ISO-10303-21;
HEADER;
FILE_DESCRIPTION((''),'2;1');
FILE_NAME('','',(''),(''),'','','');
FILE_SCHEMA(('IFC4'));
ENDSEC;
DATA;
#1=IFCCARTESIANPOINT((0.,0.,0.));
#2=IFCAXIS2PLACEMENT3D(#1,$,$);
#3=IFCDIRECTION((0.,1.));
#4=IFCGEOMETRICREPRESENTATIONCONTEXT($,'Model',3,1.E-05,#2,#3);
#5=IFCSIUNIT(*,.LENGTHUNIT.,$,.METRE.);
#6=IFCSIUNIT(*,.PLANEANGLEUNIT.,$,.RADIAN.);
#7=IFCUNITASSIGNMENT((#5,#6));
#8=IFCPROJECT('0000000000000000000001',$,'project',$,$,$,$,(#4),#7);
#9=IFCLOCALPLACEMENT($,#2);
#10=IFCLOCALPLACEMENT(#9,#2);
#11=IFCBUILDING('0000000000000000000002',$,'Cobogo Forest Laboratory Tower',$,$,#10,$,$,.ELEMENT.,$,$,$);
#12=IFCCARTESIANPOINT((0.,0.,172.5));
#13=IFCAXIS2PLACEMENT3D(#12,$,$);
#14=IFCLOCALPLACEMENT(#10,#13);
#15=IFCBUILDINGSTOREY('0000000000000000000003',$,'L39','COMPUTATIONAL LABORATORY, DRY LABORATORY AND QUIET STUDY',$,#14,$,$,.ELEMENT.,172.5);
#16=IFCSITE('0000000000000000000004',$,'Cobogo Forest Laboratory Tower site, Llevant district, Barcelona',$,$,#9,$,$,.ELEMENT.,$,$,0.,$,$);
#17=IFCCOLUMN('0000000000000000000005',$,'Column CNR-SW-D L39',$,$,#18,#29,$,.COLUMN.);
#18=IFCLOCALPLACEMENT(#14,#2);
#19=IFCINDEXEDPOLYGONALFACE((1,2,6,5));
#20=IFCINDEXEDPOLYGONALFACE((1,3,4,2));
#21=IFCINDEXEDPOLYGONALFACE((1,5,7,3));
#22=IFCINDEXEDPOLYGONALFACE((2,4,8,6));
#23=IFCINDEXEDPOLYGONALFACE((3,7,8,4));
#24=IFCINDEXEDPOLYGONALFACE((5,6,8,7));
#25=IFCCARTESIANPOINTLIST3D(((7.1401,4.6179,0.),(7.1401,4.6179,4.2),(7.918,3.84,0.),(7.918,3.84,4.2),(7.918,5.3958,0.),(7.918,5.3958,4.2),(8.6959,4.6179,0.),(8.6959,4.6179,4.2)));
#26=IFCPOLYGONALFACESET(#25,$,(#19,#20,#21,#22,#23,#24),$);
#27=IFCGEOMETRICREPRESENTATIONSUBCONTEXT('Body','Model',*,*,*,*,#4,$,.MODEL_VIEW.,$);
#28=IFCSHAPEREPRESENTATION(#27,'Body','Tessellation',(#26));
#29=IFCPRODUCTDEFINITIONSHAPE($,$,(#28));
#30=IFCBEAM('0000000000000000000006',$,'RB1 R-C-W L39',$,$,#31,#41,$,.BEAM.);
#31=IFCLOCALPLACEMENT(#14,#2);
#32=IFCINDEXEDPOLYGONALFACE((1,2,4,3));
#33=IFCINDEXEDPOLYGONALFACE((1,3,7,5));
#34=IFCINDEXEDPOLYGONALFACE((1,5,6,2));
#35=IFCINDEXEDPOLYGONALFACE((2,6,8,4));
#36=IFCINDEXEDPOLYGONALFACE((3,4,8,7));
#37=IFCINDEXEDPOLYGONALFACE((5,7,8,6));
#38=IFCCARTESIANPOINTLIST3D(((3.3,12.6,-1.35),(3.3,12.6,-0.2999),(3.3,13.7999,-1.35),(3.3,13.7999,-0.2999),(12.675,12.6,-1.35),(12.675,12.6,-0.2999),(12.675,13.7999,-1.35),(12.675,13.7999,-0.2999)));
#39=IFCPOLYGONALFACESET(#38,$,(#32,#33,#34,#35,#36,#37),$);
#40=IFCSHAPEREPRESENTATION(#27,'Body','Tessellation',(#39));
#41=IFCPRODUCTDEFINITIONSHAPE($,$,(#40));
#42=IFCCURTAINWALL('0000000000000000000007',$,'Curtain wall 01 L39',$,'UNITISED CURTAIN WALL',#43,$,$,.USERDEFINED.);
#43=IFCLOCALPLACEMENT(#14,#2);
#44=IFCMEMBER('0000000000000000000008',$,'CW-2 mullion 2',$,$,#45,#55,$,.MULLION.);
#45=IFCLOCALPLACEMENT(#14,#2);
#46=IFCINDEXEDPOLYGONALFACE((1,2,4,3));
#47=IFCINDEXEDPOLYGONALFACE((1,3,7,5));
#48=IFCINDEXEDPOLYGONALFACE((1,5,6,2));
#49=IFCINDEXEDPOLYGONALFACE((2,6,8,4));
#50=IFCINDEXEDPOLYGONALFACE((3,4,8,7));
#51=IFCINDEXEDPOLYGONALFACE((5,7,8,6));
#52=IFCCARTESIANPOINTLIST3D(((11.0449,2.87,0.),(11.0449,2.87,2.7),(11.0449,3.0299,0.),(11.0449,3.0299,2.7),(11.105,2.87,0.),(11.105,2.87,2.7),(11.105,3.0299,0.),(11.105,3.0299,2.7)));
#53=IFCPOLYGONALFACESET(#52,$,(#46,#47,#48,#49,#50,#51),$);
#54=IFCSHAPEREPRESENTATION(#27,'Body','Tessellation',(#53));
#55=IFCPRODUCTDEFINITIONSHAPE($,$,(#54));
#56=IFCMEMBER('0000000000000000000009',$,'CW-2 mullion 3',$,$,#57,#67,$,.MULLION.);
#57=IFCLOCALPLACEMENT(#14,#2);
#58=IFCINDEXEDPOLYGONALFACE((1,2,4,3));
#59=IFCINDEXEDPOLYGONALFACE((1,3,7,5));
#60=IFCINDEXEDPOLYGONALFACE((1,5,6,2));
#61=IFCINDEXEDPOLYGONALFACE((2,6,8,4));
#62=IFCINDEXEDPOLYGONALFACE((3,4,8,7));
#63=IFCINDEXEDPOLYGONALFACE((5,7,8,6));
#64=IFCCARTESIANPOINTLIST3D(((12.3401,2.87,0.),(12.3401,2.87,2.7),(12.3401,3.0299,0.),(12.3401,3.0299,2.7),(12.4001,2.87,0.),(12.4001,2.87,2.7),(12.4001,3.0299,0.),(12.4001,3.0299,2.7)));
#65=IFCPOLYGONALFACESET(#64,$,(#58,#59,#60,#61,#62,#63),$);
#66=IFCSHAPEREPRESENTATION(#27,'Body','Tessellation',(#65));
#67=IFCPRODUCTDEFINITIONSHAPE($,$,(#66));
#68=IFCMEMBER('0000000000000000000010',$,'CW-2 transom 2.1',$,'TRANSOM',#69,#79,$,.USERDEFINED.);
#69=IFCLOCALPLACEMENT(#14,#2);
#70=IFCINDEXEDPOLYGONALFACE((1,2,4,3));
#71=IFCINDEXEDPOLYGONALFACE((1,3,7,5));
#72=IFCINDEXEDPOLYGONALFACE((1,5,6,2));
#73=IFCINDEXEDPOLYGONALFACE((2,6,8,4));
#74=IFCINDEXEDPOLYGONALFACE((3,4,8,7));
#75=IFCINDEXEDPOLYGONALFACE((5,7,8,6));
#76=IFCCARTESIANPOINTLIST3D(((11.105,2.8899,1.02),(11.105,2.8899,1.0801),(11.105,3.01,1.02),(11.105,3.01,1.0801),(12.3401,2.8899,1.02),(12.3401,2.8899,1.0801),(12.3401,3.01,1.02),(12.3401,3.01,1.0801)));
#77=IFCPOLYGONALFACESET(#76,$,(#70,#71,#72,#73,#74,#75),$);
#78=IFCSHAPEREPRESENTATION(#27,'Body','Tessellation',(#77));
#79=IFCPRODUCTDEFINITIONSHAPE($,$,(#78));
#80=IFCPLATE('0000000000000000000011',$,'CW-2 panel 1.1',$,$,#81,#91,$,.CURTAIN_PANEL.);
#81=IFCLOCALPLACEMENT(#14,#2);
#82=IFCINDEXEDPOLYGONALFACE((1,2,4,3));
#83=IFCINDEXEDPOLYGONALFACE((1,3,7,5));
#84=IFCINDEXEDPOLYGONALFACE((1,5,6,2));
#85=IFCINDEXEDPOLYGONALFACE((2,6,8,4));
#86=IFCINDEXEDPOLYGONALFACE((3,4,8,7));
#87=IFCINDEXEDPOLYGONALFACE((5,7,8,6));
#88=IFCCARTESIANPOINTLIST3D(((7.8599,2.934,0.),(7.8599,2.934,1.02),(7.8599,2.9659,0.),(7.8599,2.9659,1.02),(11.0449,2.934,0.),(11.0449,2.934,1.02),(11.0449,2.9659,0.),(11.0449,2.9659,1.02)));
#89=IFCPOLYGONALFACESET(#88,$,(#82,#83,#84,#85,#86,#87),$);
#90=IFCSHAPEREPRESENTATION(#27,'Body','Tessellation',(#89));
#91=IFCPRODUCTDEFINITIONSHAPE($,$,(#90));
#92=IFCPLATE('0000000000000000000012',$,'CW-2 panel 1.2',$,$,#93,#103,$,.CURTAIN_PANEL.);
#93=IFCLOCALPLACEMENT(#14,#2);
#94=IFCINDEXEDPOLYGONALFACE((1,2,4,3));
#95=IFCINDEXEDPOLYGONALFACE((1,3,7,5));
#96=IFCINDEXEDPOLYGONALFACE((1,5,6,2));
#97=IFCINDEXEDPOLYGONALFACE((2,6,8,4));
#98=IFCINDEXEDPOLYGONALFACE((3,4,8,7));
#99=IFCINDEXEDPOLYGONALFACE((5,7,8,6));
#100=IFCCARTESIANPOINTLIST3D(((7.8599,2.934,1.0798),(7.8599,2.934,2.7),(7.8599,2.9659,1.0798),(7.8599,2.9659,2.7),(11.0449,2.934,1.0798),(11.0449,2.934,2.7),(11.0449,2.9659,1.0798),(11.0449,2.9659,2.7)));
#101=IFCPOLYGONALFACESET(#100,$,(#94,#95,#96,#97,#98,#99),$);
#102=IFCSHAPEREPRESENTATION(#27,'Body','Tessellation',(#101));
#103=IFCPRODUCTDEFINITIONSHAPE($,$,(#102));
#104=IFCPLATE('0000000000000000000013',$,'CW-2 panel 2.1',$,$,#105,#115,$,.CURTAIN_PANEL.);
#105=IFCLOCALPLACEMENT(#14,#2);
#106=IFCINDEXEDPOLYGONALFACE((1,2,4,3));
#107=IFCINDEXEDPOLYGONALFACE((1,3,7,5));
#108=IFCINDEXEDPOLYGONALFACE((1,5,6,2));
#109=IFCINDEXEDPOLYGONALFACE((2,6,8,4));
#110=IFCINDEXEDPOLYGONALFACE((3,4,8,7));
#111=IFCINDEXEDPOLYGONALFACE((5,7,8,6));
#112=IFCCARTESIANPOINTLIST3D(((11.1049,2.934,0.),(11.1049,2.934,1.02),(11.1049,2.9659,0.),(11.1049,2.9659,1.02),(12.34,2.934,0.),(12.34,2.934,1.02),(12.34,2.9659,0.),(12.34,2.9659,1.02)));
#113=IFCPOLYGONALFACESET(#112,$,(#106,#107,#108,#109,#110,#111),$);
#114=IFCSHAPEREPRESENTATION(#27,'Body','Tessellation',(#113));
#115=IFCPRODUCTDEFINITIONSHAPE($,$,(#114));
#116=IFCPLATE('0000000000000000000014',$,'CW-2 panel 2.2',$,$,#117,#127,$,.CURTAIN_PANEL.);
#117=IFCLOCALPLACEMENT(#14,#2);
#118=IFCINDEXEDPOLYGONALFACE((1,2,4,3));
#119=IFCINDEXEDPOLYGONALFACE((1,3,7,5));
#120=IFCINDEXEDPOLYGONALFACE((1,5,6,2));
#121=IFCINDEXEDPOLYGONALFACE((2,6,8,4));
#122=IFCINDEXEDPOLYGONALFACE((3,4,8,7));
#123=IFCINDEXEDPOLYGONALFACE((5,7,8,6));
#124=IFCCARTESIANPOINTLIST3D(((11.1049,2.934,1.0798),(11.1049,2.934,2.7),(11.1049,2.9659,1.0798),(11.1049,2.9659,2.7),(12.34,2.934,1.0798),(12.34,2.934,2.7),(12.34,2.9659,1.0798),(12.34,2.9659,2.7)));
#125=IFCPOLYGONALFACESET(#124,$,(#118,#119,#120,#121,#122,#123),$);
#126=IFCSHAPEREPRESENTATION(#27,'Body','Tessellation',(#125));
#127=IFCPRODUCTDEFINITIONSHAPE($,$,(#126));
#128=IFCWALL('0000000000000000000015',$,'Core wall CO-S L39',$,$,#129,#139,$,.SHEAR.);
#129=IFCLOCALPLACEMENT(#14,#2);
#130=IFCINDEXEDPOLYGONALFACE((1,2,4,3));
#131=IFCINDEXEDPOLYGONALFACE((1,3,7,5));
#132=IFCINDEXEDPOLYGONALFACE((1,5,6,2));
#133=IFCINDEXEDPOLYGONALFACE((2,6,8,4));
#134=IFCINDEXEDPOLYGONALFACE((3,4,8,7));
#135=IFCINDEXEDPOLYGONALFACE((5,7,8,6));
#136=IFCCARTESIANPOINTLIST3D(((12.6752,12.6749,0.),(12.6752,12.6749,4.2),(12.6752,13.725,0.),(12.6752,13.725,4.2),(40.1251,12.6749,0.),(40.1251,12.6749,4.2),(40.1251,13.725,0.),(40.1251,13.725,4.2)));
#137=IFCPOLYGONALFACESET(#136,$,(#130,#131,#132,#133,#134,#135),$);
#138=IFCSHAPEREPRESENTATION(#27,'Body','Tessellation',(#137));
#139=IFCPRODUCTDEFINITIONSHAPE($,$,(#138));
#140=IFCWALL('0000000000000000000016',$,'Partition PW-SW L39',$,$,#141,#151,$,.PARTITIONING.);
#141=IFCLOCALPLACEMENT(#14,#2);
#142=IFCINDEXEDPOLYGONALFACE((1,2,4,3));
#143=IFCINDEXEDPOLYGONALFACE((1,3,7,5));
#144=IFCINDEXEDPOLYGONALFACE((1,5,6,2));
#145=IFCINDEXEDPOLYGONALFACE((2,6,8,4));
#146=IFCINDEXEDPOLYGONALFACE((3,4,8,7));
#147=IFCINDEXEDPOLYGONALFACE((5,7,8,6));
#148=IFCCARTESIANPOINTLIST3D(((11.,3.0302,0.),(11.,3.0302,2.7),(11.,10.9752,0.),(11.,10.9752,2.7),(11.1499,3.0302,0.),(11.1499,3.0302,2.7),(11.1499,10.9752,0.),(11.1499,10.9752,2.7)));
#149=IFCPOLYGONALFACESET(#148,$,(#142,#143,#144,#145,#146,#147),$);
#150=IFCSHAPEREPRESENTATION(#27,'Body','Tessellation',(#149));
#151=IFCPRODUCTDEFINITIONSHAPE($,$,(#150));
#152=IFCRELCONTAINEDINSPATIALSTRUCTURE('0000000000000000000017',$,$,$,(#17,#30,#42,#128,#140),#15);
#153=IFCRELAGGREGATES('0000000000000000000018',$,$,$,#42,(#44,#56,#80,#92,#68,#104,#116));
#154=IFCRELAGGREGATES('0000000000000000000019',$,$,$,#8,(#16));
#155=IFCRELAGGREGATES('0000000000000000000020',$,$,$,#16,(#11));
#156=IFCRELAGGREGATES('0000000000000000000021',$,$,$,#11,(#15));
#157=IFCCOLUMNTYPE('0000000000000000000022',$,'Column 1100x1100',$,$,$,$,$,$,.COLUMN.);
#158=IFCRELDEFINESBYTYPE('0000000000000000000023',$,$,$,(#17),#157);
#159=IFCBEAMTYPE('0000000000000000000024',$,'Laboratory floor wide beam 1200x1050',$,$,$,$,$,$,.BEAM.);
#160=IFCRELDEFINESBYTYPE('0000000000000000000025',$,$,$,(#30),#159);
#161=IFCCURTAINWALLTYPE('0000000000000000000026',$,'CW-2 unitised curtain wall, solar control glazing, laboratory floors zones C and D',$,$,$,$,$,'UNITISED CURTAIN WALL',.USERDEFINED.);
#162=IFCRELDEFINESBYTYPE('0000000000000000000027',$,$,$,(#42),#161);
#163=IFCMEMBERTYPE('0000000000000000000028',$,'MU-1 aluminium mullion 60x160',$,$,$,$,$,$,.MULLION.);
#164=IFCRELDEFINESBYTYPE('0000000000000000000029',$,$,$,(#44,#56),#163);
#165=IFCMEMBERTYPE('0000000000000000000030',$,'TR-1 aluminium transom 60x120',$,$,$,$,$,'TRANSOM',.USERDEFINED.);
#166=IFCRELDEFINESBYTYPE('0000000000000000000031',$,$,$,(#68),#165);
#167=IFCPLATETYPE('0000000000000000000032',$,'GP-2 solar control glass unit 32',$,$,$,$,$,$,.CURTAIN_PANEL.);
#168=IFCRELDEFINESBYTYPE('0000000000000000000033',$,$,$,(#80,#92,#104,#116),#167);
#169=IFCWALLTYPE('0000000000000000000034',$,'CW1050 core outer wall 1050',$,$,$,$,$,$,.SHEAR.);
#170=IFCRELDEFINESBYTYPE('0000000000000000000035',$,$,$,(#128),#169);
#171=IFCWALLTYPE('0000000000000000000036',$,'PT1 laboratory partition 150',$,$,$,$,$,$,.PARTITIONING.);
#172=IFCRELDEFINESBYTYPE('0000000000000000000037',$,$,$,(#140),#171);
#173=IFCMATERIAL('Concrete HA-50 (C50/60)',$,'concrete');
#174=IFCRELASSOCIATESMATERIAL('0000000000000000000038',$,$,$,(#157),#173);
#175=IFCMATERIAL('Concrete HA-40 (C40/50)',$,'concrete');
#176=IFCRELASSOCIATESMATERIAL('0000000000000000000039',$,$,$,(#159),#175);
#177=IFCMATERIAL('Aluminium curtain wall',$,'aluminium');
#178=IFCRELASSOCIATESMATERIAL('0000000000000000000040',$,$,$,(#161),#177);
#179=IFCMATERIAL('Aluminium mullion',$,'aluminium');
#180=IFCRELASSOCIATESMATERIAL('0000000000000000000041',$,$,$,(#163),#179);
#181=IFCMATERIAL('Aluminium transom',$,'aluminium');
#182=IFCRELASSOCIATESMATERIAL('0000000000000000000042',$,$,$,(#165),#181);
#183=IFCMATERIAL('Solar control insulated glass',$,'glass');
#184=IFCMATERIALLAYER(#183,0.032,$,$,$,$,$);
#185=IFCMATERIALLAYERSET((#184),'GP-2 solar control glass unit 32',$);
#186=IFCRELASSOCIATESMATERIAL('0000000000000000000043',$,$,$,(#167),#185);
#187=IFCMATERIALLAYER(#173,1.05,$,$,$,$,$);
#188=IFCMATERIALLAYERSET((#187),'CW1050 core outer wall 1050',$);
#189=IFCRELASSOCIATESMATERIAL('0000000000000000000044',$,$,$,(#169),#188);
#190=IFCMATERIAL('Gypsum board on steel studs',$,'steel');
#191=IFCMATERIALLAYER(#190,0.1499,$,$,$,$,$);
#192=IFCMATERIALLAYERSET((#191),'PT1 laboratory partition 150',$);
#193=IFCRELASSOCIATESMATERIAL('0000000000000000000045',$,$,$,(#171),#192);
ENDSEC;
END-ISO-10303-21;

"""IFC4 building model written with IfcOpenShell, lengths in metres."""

from ifc_helpers import new_model, si_unit, direction, frame, frame_2d, origin, origin_2d, place, context, subcontext, project, spatial, rectangle, extrude, material, layer, layer_set, material_profile, profile_set, type_object, element, aggregate, save


model = new_model("IFC4")

# Units and contexts
model_context = context("Model", 3, precision=1e-05, world=origin(), true_north=direction((0.0, 1.0)))
body_context = subcontext(model_context, "Body", "Model", "MODEL_VIEW")
ifc_project = project(units=[si_unit("LENGTHUNIT", "METRE"), si_unit("PLANEANGLEUNIT", "RADIAN")], contexts=[model_context])

# Site, building, storey
site_placement = place(None, origin())
site = spatial("IfcSite", under=ifc_project, at=site_placement, Name="Cobogo Forest Laboratory Tower site, Llevant district, Barcelona", CompositionType="ELEMENT", RefElevation=0.0)
building_placement = place(site_placement, origin())
building = spatial("IfcBuilding", under=site, at=building_placement, Name="Cobogo Forest Laboratory Tower", CompositionType="ELEMENT")
storey_placement = place(building_placement, frame((0.0, 0.0, 172.5)))
storey = spatial("IfcBuildingStorey", under=building, at=storey_placement, Name="L39", Description="COMPUTATIONAL LABORATORY, DRY LABORATORY AND QUIET STUDY", CompositionType="ELEMENT", Elevation=172.5)

# Column
ifc_material_1 = material(Name="Concrete HA-50 (C50/60)", Category="concrete")
ifc_material_profile_1 = material_profile(ifc_material_1, rectangle(XDim=1.1001, YDim=1.1001, at=origin_2d()), Name="RC 1100x1100")
ifc_profile_set_1 = profile_set([ifc_material_profile_1], Name="Concrete HA-50 (C50/60)")
column_type = type_object("IfcColumnType", Name="Column 1100x1100", PredefinedType="COLUMN", material=ifc_profile_set_1)
column_placement = place(storey_placement, frame((7.918, 4.6179, 0.0), z_axis=(0.0, 0.0, 1.0), x_axis=(0.707107, 0.707107, 0.0)))
element("IfcColumn", 1, at=column_placement, inside=storey, type_object=column_type, Name="Column CNR-SW-D L39", PredefinedType="COLUMN", context=body_context, shape_type="SweptSolid", body=[
    extrude(rectangle(XDim=1.1001, YDim=1.1001, at=origin_2d()), origin(), (0.0, 0.0, 1.0), 4.2),
])

# Beam
ifc_material_2 = material(Name="Concrete HA-40 (C40/50)", Category="concrete")
ifc_material_profile_2 = material_profile(ifc_material_2, rectangle(XDim=1.2, YDim=1.05, at=origin_2d()), Name="RC 1200x1050")
ifc_profile_set_2 = profile_set([ifc_material_profile_2], Name="Concrete HA-40 (C40/50)")
beam_type = type_object("IfcBeamType", Name="Laboratory floor wide beam 1200x1050", PredefinedType="BEAM", material=ifc_profile_set_2)
beam_placement = place(storey_placement, frame((12.675, 13.2, -0.825), z_axis=(-1.0, 0.0, 0.0), x_axis=(0.0, -1.0, 0.0)))
element("IfcBeam", 2, at=beam_placement, inside=storey, type_object=beam_type, Name="RB1 R-C-W L39", PredefinedType="BEAM", context=body_context, shape_type="SweptSolid", body=[
    extrude(rectangle(XDim=1.2, YDim=1.05, at=origin_2d()), origin(), (0.0, 0.0, 1.0), 9.375),
])

# Curtain wall, members, plates
ifc_material_3 = material(Name="Aluminium curtain wall", Category="aluminium")
curtain_wall_type = type_object("IfcCurtainWallType", Name="CW-2 unitised curtain wall, solar control glazing, laboratory floors zones C and D", ElementType="UNITISED CURTAIN WALL", PredefinedType="USERDEFINED", material=ifc_material_3)
curtain_wall_placement = place(storey_placement, origin())
curtain_wall = element("IfcCurtainWall", 3, at=curtain_wall_placement, inside=storey, type_object=curtain_wall_type, Name="Curtain wall 01 L39", ObjectType="UNITISED CURTAIN WALL", PredefinedType="USERDEFINED")
ifc_material_4 = material(Name="Aluminium mullion", Category="aluminium")
ifc_material_profile_3 = material_profile(ifc_material_4, rectangle(XDim=0.0601, YDim=0.1599, at=origin_2d()), Name="AL 60x160")
ifc_profile_set_3 = profile_set([ifc_material_profile_3], Name="Aluminium mullion")
member_type_1 = type_object("IfcMemberType", Name="MU-1 aluminium mullion 60x160", PredefinedType="MULLION", material=ifc_profile_set_3)
member_1_placement = place(storey_placement, frame((11.075, 2.95, 0.0), z_axis=(0.0, 0.0, 1.0), x_axis=(1.0, 0.0, 0.0)))
member_1 = element("IfcMember", 4, at=member_1_placement, type_object=member_type_1, Name="CW-2 mullion 2", PredefinedType="MULLION", context=body_context, shape_type="SweptSolid", body=[
    extrude(rectangle(XDim=0.0601, YDim=0.1599, at=origin_2d()), origin(), (0.0, 0.0, 1.0), 2.7),
])
member_2_placement = place(storey_placement, frame((12.3701, 2.95, 0.0), z_axis=(0.0, 0.0, 1.0), x_axis=(1.0, 0.0, 0.0)))
member_2 = element("IfcMember", 5, at=member_2_placement, type_object=member_type_1, Name="CW-2 mullion 3", PredefinedType="MULLION", context=body_context, shape_type="SweptSolid", body=[
    extrude(rectangle(XDim=0.0601, YDim=0.1599, at=origin_2d()), origin(), (0.0, 0.0, 1.0), 2.7),
])
ifc_material_5 = material(Name="Aluminium transom", Category="aluminium")
ifc_material_profile_4 = material_profile(ifc_material_5, rectangle(XDim=0.1201, YDim=0.0601, at=origin_2d()), Name="AL 60x120")
ifc_profile_set_4 = profile_set([ifc_material_profile_4], Name="Aluminium transom")
member_type_2 = type_object("IfcMemberType", Name="TR-1 aluminium transom 60x120", ElementType="TRANSOM", PredefinedType="USERDEFINED", material=ifc_profile_set_4)
member_3_placement = place(storey_placement, frame((11.105, 2.95, 1.05), z_axis=(1.0, 0.0, 0.0), x_axis=(0.0, 1.0, 0.0)))
member_3 = element("IfcMember", 6, at=member_3_placement, type_object=member_type_2, Name="CW-2 transom 2.1", ObjectType="TRANSOM", PredefinedType="USERDEFINED", context=body_context, shape_type="SweptSolid", body=[
    extrude(rectangle(XDim=0.1201, YDim=0.0601, at=origin_2d()), origin(), (0.0, 0.0, 1.0), 1.2351),
])
ifc_material_6 = material(Name="Solar control insulated glass", Category="glass")
ifc_layer_1 = layer(ifc_material_6, 0.032)
ifc_layer_set_1 = layer_set([ifc_layer_1], Name="GP-2 solar control glass unit 32")
plate_type = type_object("IfcPlateType", Name="GP-2 solar control glass unit 32", PredefinedType="CURTAIN_PANEL", material=ifc_layer_set_1)
plate_1_placement = place(storey_placement, frame((9.4524, 2.95, 0.0), z_axis=(0.0, 0.0, 1.0), x_axis=(1.0, 0.0, 0.0)))
plate_1 = element("IfcPlate", 7, at=plate_1_placement, type_object=plate_type, Name="CW-2 panel 1.1", PredefinedType="CURTAIN_PANEL", context=body_context, shape_type="SweptSolid", body=[
    extrude(rectangle(XDim=3.1851, YDim=0.032, at=origin_2d()), origin(), (0.0, 0.0, 1.0), 1.02),
])
plate_2_placement = place(storey_placement, frame((9.4524, 2.95, 1.0798), z_axis=(0.0, 0.0, 1.0), x_axis=(1.0, 0.0, 0.0)))
plate_2 = element("IfcPlate", 8, at=plate_2_placement, type_object=plate_type, Name="CW-2 panel 1.2", PredefinedType="CURTAIN_PANEL", context=body_context, shape_type="SweptSolid", body=[
    extrude(rectangle(XDim=3.1851, YDim=0.032, at=origin_2d()), origin(), (0.0, 0.0, 1.0), 1.6201),
])
plate_3_placement = place(storey_placement, frame((11.7224, 2.95, 0.0), z_axis=(0.0, 0.0, 1.0), x_axis=(1.0, 0.0, 0.0)))
plate_3 = element("IfcPlate", 9, at=plate_3_placement, type_object=plate_type, Name="CW-2 panel 2.1", PredefinedType="CURTAIN_PANEL", context=body_context, shape_type="SweptSolid", body=[
    extrude(rectangle(XDim=1.2351, YDim=0.032, at=origin_2d()), origin(), (0.0, 0.0, 1.0), 1.02),
])
plate_4_placement = place(storey_placement, frame((11.7224, 2.95, 1.0798), z_axis=(0.0, 0.0, 1.0), x_axis=(1.0, 0.0, 0.0)))
plate_4 = element("IfcPlate", 10, at=plate_4_placement, type_object=plate_type, Name="CW-2 panel 2.2", PredefinedType="CURTAIN_PANEL", context=body_context, shape_type="SweptSolid", body=[
    extrude(rectangle(XDim=1.2351, YDim=0.032, at=origin_2d()), origin(), (0.0, 0.0, 1.0), 1.6201),
])
aggregate(curtain_wall, [member_1, member_2, plate_1, plate_2, member_3, plate_3, plate_4])

# Walls
ifc_layer_2 = layer(ifc_material_1, 1.05)
ifc_layer_set_2 = layer_set([ifc_layer_2], Name="CW1050 core outer wall 1050")
wall_type_1 = type_object("IfcWallType", Name="CW1050 core outer wall 1050", PredefinedType="SHEAR", material=ifc_layer_set_2)
wall_1_placement = place(storey_placement, frame((12.675, 13.2, 0.0), z_axis=(0.0, 0.0, 1.0), x_axis=(1.0, 0.0, 0.0)))
element("IfcWall", 11, at=wall_1_placement, inside=storey, type_object=wall_type_1, Name="Core wall CO-S L39", PredefinedType="SHEAR", context=body_context, shape_type="SweptSolid", body=[
    extrude(rectangle(XDim=27.45, YDim=1.05, at=frame_2d((13.7251, 0.0))), origin(), (0.0, 0.0, 1.0), 4.2),
])
ifc_material_7 = material(Name="Gypsum board on steel studs", Category="steel")
ifc_layer_3 = layer(ifc_material_7, 0.1499)
ifc_layer_set_3 = layer_set([ifc_layer_3], Name="PT1 laboratory partition 150")
wall_type_2 = type_object("IfcWallType", Name="PT1 laboratory partition 150", PredefinedType="PARTITIONING", material=ifc_layer_set_3)
wall_2_placement = place(storey_placement, frame((11.075, 3.03, 0.0), z_axis=(0.0, 0.0, 1.0), x_axis=(0.0, 1.0, 0.0)))
element("IfcWall", 12, at=wall_2_placement, inside=storey, type_object=wall_type_2, Name="Partition PW-SW L39", PredefinedType="PARTITIONING", context=body_context, shape_type="SweptSolid", body=[
    extrude(rectangle(XDim=7.9451, YDim=0.1499, at=frame_2d((3.9727, 0.0))), origin(), (0.0, 0.0, 1.0), 2.7),
])

save(model, "model.ifc")
